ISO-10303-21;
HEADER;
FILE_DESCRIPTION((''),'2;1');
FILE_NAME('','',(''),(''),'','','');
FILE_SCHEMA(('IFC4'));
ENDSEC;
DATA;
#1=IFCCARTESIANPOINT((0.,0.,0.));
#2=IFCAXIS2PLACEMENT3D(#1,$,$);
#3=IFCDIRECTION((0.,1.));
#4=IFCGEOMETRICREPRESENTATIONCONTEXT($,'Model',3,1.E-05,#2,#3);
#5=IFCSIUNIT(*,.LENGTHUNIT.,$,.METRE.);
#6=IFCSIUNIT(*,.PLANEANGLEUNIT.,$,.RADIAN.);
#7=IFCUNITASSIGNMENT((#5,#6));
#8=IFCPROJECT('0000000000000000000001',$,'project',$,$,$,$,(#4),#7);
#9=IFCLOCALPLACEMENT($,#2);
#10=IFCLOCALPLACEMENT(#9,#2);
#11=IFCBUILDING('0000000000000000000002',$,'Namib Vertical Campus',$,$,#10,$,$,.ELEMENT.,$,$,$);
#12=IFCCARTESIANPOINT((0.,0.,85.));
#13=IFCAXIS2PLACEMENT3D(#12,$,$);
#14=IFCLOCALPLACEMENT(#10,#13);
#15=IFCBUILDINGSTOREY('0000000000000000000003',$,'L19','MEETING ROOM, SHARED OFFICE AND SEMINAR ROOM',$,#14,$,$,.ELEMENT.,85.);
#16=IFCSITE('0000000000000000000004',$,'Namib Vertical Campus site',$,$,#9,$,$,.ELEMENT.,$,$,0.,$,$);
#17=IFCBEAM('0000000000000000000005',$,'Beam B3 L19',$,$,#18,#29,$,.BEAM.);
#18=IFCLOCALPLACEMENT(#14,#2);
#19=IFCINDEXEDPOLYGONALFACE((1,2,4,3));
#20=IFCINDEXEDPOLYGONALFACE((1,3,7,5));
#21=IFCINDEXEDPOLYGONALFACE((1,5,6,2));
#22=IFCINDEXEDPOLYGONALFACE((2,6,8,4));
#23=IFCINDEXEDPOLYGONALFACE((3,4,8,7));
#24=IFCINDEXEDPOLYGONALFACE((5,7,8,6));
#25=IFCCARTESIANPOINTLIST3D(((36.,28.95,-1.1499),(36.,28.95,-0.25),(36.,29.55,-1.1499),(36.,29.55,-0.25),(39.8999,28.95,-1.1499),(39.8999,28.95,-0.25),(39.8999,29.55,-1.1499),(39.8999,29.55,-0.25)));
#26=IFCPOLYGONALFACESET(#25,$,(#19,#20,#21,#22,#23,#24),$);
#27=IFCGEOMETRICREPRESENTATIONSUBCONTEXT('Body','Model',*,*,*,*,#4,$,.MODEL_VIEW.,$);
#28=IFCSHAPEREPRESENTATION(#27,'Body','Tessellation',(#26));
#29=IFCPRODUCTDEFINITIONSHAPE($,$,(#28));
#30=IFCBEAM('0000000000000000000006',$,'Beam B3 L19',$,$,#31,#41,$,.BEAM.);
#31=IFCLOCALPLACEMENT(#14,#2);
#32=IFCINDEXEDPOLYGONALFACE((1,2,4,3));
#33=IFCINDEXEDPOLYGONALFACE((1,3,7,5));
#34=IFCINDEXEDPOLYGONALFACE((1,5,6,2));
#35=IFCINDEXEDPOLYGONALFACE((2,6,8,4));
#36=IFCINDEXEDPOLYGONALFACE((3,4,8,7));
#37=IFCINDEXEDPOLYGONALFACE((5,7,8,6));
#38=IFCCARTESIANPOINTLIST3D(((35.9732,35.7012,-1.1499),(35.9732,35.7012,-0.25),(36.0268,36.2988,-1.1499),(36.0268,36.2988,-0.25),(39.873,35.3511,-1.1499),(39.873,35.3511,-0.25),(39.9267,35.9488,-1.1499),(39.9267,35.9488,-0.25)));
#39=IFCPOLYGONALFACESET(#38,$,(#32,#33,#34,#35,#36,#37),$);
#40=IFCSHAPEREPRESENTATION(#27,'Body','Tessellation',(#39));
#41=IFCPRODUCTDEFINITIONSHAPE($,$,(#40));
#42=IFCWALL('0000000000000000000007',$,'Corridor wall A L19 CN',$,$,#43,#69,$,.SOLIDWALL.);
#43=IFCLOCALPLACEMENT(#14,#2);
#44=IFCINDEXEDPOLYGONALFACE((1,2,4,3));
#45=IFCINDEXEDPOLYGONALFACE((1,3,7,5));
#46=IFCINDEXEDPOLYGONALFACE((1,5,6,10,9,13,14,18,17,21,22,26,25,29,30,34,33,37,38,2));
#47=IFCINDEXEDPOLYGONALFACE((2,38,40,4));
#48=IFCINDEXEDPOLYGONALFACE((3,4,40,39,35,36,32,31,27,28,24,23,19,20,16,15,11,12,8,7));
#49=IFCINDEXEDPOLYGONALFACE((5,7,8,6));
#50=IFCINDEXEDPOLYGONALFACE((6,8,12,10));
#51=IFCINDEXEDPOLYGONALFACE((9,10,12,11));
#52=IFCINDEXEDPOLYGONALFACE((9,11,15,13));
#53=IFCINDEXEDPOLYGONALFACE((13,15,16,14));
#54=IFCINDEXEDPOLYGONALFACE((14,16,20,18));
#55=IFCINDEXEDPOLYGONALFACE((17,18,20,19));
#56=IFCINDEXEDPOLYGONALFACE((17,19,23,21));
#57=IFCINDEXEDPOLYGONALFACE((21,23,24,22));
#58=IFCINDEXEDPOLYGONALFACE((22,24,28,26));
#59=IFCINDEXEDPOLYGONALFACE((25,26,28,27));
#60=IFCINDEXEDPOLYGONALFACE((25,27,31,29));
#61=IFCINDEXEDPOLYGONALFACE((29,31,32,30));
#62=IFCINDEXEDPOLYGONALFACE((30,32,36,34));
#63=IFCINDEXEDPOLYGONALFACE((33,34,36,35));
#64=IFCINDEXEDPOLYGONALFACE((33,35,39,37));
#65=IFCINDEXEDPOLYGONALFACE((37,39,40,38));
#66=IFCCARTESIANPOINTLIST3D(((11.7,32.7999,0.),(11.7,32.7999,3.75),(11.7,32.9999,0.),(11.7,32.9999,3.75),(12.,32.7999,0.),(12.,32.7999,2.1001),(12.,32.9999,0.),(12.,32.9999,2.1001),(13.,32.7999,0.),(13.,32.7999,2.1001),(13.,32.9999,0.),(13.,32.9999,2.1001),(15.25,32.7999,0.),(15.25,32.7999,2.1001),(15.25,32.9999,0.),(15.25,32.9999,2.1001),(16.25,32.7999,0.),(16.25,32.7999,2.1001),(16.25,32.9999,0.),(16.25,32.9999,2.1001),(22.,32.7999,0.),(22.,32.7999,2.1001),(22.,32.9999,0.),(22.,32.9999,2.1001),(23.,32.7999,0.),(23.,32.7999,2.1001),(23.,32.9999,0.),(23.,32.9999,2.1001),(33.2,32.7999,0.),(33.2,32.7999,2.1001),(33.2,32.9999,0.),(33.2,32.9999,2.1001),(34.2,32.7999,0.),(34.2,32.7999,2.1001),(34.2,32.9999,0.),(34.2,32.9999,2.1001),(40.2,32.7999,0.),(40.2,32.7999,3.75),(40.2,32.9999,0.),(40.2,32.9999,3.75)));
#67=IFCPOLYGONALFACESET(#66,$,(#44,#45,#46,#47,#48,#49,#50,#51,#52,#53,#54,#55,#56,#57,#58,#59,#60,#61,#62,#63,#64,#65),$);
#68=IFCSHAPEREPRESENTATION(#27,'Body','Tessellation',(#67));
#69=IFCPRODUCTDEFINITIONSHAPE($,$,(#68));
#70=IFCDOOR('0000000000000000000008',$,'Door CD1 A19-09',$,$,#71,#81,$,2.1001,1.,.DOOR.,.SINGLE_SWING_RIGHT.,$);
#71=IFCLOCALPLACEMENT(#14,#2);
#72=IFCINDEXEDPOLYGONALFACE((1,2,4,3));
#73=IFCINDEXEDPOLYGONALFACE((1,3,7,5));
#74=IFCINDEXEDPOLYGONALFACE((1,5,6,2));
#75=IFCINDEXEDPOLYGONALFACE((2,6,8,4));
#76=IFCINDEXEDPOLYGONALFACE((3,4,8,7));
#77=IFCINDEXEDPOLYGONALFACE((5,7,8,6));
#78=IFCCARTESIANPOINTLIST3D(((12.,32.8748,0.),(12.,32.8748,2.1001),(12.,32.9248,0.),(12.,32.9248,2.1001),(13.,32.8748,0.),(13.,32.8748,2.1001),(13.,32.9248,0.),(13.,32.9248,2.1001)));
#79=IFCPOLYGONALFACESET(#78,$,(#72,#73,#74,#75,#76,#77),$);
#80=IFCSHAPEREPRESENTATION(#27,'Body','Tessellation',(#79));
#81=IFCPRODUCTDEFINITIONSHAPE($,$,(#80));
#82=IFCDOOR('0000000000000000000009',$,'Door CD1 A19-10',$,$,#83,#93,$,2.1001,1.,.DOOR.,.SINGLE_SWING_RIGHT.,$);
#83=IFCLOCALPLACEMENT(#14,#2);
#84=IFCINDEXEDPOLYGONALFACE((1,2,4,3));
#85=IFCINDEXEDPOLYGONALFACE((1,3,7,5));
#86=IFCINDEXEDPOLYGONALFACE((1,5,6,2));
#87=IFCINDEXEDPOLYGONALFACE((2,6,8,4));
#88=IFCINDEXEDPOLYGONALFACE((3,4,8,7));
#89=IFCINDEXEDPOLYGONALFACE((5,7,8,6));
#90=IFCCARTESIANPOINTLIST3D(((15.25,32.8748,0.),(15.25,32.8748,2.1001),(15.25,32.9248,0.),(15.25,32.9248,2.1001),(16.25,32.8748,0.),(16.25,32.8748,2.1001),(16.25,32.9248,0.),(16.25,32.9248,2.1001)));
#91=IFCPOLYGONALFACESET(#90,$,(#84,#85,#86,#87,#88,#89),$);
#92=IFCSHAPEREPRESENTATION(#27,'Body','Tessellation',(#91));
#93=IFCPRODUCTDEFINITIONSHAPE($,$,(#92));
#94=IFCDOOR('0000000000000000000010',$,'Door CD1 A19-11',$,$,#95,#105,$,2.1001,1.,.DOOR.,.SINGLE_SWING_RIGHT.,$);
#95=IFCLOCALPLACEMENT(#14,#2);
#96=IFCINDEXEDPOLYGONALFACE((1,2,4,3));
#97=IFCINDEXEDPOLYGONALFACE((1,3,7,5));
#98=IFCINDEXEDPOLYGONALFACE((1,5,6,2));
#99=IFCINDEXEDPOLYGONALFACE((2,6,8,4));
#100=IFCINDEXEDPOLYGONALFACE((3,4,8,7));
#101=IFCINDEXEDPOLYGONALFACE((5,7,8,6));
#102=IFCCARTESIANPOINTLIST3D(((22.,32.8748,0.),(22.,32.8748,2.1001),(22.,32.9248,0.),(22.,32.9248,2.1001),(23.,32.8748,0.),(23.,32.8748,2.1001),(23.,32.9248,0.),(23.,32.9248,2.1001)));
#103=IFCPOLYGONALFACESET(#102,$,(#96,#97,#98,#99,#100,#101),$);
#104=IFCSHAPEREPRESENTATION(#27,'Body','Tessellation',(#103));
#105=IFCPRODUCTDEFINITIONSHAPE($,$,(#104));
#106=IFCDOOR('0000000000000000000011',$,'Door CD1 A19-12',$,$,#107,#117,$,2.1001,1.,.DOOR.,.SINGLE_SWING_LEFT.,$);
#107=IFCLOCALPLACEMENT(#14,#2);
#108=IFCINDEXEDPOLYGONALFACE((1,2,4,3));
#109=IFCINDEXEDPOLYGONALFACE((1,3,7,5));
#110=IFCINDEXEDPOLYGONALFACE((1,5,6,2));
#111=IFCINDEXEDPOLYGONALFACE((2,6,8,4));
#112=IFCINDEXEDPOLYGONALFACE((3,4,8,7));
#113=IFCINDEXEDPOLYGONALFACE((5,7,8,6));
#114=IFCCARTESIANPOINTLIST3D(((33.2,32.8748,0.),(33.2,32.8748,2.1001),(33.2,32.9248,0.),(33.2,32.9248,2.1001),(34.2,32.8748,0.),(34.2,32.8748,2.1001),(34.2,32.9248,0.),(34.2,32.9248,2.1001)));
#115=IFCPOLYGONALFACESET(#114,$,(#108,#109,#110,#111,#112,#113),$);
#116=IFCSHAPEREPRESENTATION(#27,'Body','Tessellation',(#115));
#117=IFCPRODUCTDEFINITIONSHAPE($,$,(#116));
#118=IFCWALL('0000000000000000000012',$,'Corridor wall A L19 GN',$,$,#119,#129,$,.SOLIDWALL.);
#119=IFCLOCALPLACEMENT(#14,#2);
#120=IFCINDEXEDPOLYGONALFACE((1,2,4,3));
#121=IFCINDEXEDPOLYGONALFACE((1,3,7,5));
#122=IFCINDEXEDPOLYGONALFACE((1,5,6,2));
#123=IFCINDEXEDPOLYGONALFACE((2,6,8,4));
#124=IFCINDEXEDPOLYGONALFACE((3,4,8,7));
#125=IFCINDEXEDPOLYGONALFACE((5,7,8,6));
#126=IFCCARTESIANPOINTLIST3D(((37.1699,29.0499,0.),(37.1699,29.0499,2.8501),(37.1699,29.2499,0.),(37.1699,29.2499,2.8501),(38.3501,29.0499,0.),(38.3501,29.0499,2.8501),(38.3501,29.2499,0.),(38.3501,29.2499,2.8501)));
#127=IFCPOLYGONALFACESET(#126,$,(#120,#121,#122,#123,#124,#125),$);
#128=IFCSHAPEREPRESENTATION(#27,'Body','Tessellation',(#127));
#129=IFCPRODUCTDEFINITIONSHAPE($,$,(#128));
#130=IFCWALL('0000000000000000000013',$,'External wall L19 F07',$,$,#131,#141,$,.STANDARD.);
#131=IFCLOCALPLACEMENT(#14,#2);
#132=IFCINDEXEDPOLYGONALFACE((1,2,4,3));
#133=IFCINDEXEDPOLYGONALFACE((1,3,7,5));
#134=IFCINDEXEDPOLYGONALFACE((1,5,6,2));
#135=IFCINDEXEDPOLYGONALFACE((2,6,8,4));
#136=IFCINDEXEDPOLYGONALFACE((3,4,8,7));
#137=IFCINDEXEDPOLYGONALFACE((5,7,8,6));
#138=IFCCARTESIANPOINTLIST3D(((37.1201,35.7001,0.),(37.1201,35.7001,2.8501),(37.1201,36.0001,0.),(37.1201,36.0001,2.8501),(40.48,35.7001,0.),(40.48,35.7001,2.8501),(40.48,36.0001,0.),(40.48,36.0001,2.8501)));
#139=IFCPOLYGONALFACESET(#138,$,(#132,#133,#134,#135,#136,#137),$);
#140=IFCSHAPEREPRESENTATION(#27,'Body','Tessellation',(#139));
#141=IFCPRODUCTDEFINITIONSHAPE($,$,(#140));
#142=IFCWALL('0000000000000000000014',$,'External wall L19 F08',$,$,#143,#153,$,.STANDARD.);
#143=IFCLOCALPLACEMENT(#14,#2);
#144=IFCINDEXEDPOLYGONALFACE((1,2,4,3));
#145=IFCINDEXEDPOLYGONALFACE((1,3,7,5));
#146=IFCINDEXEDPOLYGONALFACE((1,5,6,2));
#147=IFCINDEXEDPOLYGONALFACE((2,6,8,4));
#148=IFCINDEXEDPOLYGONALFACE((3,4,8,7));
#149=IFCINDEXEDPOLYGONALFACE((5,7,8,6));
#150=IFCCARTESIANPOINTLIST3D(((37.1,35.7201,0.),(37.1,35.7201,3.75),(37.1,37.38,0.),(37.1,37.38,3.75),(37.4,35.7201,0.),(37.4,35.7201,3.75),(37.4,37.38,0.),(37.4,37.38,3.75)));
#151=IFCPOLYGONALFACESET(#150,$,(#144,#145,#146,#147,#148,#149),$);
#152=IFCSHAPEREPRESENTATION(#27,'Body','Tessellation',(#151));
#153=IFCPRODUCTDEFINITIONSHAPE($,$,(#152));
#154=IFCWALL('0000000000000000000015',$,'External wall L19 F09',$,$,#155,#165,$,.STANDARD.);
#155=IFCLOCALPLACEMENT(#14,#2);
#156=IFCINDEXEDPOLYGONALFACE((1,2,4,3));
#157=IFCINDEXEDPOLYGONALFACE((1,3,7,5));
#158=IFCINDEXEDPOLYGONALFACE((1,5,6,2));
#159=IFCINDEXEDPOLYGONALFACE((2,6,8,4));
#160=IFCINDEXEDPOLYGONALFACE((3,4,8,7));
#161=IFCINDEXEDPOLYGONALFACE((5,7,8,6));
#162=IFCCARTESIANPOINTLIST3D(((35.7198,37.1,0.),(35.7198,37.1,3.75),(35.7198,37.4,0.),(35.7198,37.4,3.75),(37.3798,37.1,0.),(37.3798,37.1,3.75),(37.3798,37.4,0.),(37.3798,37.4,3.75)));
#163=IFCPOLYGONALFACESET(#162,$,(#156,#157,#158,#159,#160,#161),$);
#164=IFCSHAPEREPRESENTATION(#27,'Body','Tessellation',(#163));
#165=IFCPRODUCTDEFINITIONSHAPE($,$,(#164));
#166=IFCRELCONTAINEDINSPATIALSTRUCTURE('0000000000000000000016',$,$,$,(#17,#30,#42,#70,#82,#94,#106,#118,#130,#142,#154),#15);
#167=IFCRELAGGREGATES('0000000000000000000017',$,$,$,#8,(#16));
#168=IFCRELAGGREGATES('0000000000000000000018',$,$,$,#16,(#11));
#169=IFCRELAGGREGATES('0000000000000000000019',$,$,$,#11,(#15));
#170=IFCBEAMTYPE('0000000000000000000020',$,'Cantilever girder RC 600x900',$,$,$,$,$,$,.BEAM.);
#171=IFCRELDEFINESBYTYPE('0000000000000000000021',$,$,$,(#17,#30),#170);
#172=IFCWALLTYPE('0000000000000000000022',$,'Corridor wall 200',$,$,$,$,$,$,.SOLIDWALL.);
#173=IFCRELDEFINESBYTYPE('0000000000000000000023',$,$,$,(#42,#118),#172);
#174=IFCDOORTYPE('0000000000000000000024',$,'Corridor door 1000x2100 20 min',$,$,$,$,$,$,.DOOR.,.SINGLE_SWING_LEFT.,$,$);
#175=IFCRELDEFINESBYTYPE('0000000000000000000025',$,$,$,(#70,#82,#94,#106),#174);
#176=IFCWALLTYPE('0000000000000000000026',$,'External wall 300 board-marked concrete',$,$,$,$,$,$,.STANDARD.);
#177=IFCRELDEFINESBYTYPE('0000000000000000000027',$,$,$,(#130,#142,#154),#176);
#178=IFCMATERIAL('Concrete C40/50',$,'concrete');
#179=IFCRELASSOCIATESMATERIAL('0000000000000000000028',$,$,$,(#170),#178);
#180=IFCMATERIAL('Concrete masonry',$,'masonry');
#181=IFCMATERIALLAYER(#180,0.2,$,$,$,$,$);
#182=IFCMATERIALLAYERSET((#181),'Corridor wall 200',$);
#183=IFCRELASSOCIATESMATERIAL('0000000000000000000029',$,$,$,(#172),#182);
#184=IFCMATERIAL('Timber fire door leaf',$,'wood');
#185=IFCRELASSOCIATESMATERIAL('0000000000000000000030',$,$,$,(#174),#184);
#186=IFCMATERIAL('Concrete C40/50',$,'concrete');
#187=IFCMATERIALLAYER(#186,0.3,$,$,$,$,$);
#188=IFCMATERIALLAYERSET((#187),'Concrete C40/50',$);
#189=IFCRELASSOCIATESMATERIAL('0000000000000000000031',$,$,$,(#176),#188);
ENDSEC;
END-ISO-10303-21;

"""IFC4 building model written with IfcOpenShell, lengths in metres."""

from ifc_helpers import new_model, si_unit, direction, frame, frame_2d, origin, origin_2d, place, context, subcontext, project, spatial, rectangle, extrude, material, layer, layer_set, material_profile, profile_set, type_object, element, fill, save


model = new_model("IFC4")

# Units and contexts
model_context = context("Model", 3, precision=1e-05, world=origin(), true_north=direction((0.0, 1.0)))
body_context = subcontext(model_context, "Body", "Model", "MODEL_VIEW")
ifc_project = project(units=[si_unit("LENGTHUNIT", "METRE"), si_unit("PLANEANGLEUNIT", "RADIAN")], contexts=[model_context])

# Site, building, storey
site_placement = place(None, origin())
site = spatial("IfcSite", under=ifc_project, at=site_placement, Name="Namib Vertical Campus site", CompositionType="ELEMENT", RefElevation=0.0)
building_placement = place(site_placement, origin())
building = spatial("IfcBuilding", under=site, at=building_placement, Name="Namib Vertical Campus", CompositionType="ELEMENT")
storey_placement = place(building_placement, frame((0.0, 0.0, 85.0)))
storey = spatial("IfcBuildingStorey", under=building, at=storey_placement, Name="L19", Description="MEETING ROOM, SHARED OFFICE AND SEMINAR ROOM", CompositionType="ELEMENT", Elevation=85.0)

# Beams
ifc_material_1 = material(Name="Concrete C40/50", Category="concrete")
ifc_material_profile = material_profile(ifc_material_1, rectangle(XDim=0.6001, YDim=0.8999, at=origin_2d()))
ifc_profile_set = profile_set([ifc_material_profile], Name="Concrete C40/50")
beam_type = type_object("IfcBeamType", Name="Cantilever girder RC 600x900", PredefinedType="BEAM", material=ifc_profile_set)
beam_1_placement = place(storey_placement, frame((36.0, 29.25, -0.7), z_axis=(1.0, 0.0, 0.0), x_axis=(0.0, 1.0, 0.0)))
element("IfcBeam", 1, at=beam_1_placement, inside=storey, type_object=beam_type, Name="Beam B3 L19", PredefinedType="BEAM", context=body_context, shape_type="SweptSolid", body=[
    extrude(rectangle(XDim=0.6001, YDim=0.8999, at=origin_2d()), origin(), (0.0, 0.0, 1.0), 3.8999),
])
beam_2_placement = place(storey_placement, frame((36.0, 36.0, -0.7), z_axis=(0.995995, -0.089411, 0.0), x_axis=(0.089411, 0.995995, 0.0)))
element("IfcBeam", 2, at=beam_2_placement, inside=storey, type_object=beam_type, Name="Beam B3 L19", PredefinedType="BEAM", context=body_context, shape_type="SweptSolid", body=[
    extrude(rectangle(XDim=0.6001, YDim=0.8999, at=origin_2d()), origin(), (0.0, 0.0, 1.0), 3.9155),
])

# Wall, openings, doors
ifc_material_2 = material(Name="Concrete masonry", Category="masonry")
ifc_layer_1 = layer(ifc_material_2, 0.2)
ifc_layer_set_1 = layer_set([ifc_layer_1], Name="Corridor wall 200")
wall_type_1 = type_object("IfcWallType", Name="Corridor wall 200", PredefinedType="SOLIDWALL", material=ifc_layer_set_1)
wall_1_placement = place(storey_placement, frame((40.2, 32.8999, 0.0), z_axis=(0.0, 0.0, 1.0), x_axis=(-1.0, 0.0, 0.0)))
wall_1 = element("IfcWall", 3, at=wall_1_placement, inside=storey, type_object=wall_type_1, Name="Corridor wall A L19 CN", PredefinedType="SOLIDWALL", context=body_context, shape_type="SweptSolid", body=[
    extrude(rectangle(XDim=28.5, YDim=0.2, at=frame_2d((14.25, 0.0))), origin(), (0.0, 0.0, 1.0), 3.75),
])
opening_1_placement = place(wall_1_placement, frame((27.2, 0.0, 0.0)))
opening_1 = element("IfcOpeningElement", 4, at=opening_1_placement, cuts=wall_1, PredefinedType="OPENING", context=body_context, shape_type="SweptSolid", body=[
    extrude(rectangle(XDim=1.0, YDim=2.1001, at=frame_2d((0.5, 1.05))), frame((0.0, 0.1099, 0.0), z_axis=(0.0, -1.0, 0.0), x_axis=(1.0, 0.0, 0.0)), (0.0, 0.0, 1.0), 0.22),
])
opening_2_placement = place(wall_1_placement, frame((23.95, 0.0, 0.0)))
opening_2 = element("IfcOpeningElement", 5, at=opening_2_placement, cuts=wall_1, PredefinedType="OPENING", context=body_context, shape_type="SweptSolid", body=[
    extrude(rectangle(XDim=1.0, YDim=2.1001, at=frame_2d((0.5, 1.05))), frame((0.0, 0.1099, 0.0), z_axis=(0.0, -1.0, 0.0), x_axis=(1.0, 0.0, 0.0)), (0.0, 0.0, 1.0), 0.22),
])
opening_3_placement = place(wall_1_placement, frame((17.2, 0.0, 0.0)))
opening_3 = element("IfcOpeningElement", 6, at=opening_3_placement, cuts=wall_1, PredefinedType="OPENING", context=body_context, shape_type="SweptSolid", body=[
    extrude(rectangle(XDim=1.0, YDim=2.1001, at=frame_2d((0.5, 1.05))), frame((0.0, 0.1099, 0.0), z_axis=(0.0, -1.0, 0.0), x_axis=(1.0, 0.0, 0.0)), (0.0, 0.0, 1.0), 0.22),
])
opening_4_placement = place(wall_1_placement, frame((6.0, 0.0, 0.0)))
opening_4 = element("IfcOpeningElement", 7, at=opening_4_placement, cuts=wall_1, PredefinedType="OPENING", context=body_context, shape_type="SweptSolid", body=[
    extrude(rectangle(XDim=1.0, YDim=2.1001, at=frame_2d((0.5, 1.05))), frame((0.0, 0.1099, 0.0), z_axis=(0.0, -1.0, 0.0), x_axis=(1.0, 0.0, 0.0)), (0.0, 0.0, 1.0), 0.22),
])
ifc_material_3 = material(Name="Timber fire door leaf", Category="wood")
door_type = type_object("IfcDoorType", Name="Corridor door 1000x2100 20 min", OperationType="SINGLE_SWING_LEFT", PredefinedType="DOOR", material=ifc_material_3)
door_1_placement = place(opening_1_placement, frame((1.0, 0.0, 0.0), z_axis=(0.0, 0.0, 1.0), x_axis=(-1.0, 0.0, 0.0)))
door_1 = element("IfcDoor", 8, at=door_1_placement, inside=storey, type_object=door_type, Name="Door CD1 A19-09", OperationType="SINGLE_SWING_RIGHT", OverallHeight=2.1001, OverallWidth=1.0, PredefinedType="DOOR", context=body_context, shape_type="SweptSolid", body=[
    extrude(rectangle(XDim=1.0, YDim=2.1001, at=frame_2d((0.5, 1.05))), frame((0.0, 0.0249, 0.0), z_axis=(0.0, -1.0, 0.0), x_axis=(1.0, 0.0, 0.0)), (0.0, 0.0, 1.0), 0.05),
])
fill(opening_1, door_1)
door_2_placement = place(opening_2_placement, frame((1.0, 0.0, 0.0), z_axis=(0.0, 0.0, 1.0), x_axis=(-1.0, 0.0, 0.0)))
door_2 = element("IfcDoor", 9, at=door_2_placement, inside=storey, type_object=door_type, Name="Door CD1 A19-10", OperationType="SINGLE_SWING_RIGHT", OverallHeight=2.1001, OverallWidth=1.0, PredefinedType="DOOR", context=body_context, shape_type="SweptSolid", body=[
    extrude(rectangle(XDim=1.0, YDim=2.1001, at=frame_2d((0.5, 1.05))), frame((0.0, 0.0249, 0.0), z_axis=(0.0, -1.0, 0.0), x_axis=(1.0, 0.0, 0.0)), (0.0, 0.0, 1.0), 0.05),
])
fill(opening_2, door_2)
door_3_placement = place(opening_3_placement, frame((1.0, 0.0, 0.0), z_axis=(0.0, 0.0, 1.0), x_axis=(-1.0, 0.0, 0.0)))
door_3 = element("IfcDoor", 10, at=door_3_placement, inside=storey, type_object=door_type, Name="Door CD1 A19-11", OperationType="SINGLE_SWING_RIGHT", OverallHeight=2.1001, OverallWidth=1.0, PredefinedType="DOOR", context=body_context, shape_type="SweptSolid", body=[
    extrude(rectangle(XDim=1.0, YDim=2.1001, at=frame_2d((0.5, 1.05))), frame((0.0, 0.0249, 0.0), z_axis=(0.0, -1.0, 0.0), x_axis=(1.0, 0.0, 0.0)), (0.0, 0.0, 1.0), 0.05),
])
fill(opening_3, door_3)
door_4_placement = place(opening_4_placement, frame((1.0, 0.0, 0.0), z_axis=(0.0, 0.0, 1.0), x_axis=(-1.0, 0.0, 0.0)))
door_4 = element("IfcDoor", 11, at=door_4_placement, inside=storey, type_object=door_type, Name="Door CD1 A19-12", OperationType="SINGLE_SWING_LEFT", OverallHeight=2.1001, OverallWidth=1.0, PredefinedType="DOOR", context=body_context, shape_type="SweptSolid", body=[
    extrude(rectangle(XDim=1.0, YDim=2.1001, at=frame_2d((0.5, 1.05))), frame((0.0, 0.0249, 0.0), z_axis=(0.0, -1.0, 0.0), x_axis=(1.0, 0.0, 0.0)), (0.0, 0.0, 1.0), 0.05),
])
fill(opening_4, door_4)

# Walls
wall_2_placement = place(storey_placement, frame((37.1699, 29.1499, 0.0), z_axis=(0.0, 0.0, 1.0), x_axis=(1.0, 0.0, 0.0)))
element("IfcWall", 12, at=wall_2_placement, inside=storey, type_object=wall_type_1, Name="Corridor wall A L19 GN", PredefinedType="SOLIDWALL", context=body_context, shape_type="SweptSolid", body=[
    extrude(rectangle(XDim=1.1802, YDim=0.2, at=frame_2d((0.5901, 0.0))), origin(), (0.0, 0.0, 1.0), 2.8501),
])
ifc_material_4 = material(Name="Concrete C40/50", Category="concrete")
ifc_layer_2 = layer(ifc_material_4, 0.3)
ifc_layer_set_2 = layer_set([ifc_layer_2], Name="Concrete C40/50")
wall_type_2 = type_object("IfcWallType", Name="External wall 300 board-marked concrete", PredefinedType="STANDARD", material=ifc_layer_set_2)
wall_3_placement = place(storey_placement, frame((40.48, 35.8501, 0.0), z_axis=(0.0, 0.0, 1.0), x_axis=(-1.0, 0.0, 0.0)))
element("IfcWall", 13, at=wall_3_placement, inside=storey, type_object=wall_type_2, Name="External wall L19 F07", PredefinedType="STANDARD", context=body_context, shape_type="SweptSolid", body=[
    extrude(rectangle(XDim=3.3599, YDim=0.3, at=frame_2d((1.6799, 0.0))), origin(), (0.0, 0.0, 1.0), 2.8501),
])
for number, where, z_axis, x_axis, name in (
    (14, (37.25, 35.72, 0.0), (0.0, 0.0, 1.0), (0.0, 1.0, 0.0), "External wall L19 F08"),
    (15, (37.3799, 37.25, 0.0), (0.0, 0.0, 1.0), (-1.0, 0.0, 0.0), "External wall L19 F09"),
):
    element("IfcWall", number, at=place(storey_placement, frame(where, z_axis=z_axis, x_axis=x_axis)), inside=storey, type_object=wall_type_2, Name=name, PredefinedType="STANDARD", context=body_context, shape_type="SweptSolid", body=[
        extrude(rectangle(XDim=1.6599, YDim=0.3, at=frame_2d((0.8301, 0.0))), origin(), (0.0, 0.0, 1.0), 3.75),
    ])

save(model, "model.ifc")
